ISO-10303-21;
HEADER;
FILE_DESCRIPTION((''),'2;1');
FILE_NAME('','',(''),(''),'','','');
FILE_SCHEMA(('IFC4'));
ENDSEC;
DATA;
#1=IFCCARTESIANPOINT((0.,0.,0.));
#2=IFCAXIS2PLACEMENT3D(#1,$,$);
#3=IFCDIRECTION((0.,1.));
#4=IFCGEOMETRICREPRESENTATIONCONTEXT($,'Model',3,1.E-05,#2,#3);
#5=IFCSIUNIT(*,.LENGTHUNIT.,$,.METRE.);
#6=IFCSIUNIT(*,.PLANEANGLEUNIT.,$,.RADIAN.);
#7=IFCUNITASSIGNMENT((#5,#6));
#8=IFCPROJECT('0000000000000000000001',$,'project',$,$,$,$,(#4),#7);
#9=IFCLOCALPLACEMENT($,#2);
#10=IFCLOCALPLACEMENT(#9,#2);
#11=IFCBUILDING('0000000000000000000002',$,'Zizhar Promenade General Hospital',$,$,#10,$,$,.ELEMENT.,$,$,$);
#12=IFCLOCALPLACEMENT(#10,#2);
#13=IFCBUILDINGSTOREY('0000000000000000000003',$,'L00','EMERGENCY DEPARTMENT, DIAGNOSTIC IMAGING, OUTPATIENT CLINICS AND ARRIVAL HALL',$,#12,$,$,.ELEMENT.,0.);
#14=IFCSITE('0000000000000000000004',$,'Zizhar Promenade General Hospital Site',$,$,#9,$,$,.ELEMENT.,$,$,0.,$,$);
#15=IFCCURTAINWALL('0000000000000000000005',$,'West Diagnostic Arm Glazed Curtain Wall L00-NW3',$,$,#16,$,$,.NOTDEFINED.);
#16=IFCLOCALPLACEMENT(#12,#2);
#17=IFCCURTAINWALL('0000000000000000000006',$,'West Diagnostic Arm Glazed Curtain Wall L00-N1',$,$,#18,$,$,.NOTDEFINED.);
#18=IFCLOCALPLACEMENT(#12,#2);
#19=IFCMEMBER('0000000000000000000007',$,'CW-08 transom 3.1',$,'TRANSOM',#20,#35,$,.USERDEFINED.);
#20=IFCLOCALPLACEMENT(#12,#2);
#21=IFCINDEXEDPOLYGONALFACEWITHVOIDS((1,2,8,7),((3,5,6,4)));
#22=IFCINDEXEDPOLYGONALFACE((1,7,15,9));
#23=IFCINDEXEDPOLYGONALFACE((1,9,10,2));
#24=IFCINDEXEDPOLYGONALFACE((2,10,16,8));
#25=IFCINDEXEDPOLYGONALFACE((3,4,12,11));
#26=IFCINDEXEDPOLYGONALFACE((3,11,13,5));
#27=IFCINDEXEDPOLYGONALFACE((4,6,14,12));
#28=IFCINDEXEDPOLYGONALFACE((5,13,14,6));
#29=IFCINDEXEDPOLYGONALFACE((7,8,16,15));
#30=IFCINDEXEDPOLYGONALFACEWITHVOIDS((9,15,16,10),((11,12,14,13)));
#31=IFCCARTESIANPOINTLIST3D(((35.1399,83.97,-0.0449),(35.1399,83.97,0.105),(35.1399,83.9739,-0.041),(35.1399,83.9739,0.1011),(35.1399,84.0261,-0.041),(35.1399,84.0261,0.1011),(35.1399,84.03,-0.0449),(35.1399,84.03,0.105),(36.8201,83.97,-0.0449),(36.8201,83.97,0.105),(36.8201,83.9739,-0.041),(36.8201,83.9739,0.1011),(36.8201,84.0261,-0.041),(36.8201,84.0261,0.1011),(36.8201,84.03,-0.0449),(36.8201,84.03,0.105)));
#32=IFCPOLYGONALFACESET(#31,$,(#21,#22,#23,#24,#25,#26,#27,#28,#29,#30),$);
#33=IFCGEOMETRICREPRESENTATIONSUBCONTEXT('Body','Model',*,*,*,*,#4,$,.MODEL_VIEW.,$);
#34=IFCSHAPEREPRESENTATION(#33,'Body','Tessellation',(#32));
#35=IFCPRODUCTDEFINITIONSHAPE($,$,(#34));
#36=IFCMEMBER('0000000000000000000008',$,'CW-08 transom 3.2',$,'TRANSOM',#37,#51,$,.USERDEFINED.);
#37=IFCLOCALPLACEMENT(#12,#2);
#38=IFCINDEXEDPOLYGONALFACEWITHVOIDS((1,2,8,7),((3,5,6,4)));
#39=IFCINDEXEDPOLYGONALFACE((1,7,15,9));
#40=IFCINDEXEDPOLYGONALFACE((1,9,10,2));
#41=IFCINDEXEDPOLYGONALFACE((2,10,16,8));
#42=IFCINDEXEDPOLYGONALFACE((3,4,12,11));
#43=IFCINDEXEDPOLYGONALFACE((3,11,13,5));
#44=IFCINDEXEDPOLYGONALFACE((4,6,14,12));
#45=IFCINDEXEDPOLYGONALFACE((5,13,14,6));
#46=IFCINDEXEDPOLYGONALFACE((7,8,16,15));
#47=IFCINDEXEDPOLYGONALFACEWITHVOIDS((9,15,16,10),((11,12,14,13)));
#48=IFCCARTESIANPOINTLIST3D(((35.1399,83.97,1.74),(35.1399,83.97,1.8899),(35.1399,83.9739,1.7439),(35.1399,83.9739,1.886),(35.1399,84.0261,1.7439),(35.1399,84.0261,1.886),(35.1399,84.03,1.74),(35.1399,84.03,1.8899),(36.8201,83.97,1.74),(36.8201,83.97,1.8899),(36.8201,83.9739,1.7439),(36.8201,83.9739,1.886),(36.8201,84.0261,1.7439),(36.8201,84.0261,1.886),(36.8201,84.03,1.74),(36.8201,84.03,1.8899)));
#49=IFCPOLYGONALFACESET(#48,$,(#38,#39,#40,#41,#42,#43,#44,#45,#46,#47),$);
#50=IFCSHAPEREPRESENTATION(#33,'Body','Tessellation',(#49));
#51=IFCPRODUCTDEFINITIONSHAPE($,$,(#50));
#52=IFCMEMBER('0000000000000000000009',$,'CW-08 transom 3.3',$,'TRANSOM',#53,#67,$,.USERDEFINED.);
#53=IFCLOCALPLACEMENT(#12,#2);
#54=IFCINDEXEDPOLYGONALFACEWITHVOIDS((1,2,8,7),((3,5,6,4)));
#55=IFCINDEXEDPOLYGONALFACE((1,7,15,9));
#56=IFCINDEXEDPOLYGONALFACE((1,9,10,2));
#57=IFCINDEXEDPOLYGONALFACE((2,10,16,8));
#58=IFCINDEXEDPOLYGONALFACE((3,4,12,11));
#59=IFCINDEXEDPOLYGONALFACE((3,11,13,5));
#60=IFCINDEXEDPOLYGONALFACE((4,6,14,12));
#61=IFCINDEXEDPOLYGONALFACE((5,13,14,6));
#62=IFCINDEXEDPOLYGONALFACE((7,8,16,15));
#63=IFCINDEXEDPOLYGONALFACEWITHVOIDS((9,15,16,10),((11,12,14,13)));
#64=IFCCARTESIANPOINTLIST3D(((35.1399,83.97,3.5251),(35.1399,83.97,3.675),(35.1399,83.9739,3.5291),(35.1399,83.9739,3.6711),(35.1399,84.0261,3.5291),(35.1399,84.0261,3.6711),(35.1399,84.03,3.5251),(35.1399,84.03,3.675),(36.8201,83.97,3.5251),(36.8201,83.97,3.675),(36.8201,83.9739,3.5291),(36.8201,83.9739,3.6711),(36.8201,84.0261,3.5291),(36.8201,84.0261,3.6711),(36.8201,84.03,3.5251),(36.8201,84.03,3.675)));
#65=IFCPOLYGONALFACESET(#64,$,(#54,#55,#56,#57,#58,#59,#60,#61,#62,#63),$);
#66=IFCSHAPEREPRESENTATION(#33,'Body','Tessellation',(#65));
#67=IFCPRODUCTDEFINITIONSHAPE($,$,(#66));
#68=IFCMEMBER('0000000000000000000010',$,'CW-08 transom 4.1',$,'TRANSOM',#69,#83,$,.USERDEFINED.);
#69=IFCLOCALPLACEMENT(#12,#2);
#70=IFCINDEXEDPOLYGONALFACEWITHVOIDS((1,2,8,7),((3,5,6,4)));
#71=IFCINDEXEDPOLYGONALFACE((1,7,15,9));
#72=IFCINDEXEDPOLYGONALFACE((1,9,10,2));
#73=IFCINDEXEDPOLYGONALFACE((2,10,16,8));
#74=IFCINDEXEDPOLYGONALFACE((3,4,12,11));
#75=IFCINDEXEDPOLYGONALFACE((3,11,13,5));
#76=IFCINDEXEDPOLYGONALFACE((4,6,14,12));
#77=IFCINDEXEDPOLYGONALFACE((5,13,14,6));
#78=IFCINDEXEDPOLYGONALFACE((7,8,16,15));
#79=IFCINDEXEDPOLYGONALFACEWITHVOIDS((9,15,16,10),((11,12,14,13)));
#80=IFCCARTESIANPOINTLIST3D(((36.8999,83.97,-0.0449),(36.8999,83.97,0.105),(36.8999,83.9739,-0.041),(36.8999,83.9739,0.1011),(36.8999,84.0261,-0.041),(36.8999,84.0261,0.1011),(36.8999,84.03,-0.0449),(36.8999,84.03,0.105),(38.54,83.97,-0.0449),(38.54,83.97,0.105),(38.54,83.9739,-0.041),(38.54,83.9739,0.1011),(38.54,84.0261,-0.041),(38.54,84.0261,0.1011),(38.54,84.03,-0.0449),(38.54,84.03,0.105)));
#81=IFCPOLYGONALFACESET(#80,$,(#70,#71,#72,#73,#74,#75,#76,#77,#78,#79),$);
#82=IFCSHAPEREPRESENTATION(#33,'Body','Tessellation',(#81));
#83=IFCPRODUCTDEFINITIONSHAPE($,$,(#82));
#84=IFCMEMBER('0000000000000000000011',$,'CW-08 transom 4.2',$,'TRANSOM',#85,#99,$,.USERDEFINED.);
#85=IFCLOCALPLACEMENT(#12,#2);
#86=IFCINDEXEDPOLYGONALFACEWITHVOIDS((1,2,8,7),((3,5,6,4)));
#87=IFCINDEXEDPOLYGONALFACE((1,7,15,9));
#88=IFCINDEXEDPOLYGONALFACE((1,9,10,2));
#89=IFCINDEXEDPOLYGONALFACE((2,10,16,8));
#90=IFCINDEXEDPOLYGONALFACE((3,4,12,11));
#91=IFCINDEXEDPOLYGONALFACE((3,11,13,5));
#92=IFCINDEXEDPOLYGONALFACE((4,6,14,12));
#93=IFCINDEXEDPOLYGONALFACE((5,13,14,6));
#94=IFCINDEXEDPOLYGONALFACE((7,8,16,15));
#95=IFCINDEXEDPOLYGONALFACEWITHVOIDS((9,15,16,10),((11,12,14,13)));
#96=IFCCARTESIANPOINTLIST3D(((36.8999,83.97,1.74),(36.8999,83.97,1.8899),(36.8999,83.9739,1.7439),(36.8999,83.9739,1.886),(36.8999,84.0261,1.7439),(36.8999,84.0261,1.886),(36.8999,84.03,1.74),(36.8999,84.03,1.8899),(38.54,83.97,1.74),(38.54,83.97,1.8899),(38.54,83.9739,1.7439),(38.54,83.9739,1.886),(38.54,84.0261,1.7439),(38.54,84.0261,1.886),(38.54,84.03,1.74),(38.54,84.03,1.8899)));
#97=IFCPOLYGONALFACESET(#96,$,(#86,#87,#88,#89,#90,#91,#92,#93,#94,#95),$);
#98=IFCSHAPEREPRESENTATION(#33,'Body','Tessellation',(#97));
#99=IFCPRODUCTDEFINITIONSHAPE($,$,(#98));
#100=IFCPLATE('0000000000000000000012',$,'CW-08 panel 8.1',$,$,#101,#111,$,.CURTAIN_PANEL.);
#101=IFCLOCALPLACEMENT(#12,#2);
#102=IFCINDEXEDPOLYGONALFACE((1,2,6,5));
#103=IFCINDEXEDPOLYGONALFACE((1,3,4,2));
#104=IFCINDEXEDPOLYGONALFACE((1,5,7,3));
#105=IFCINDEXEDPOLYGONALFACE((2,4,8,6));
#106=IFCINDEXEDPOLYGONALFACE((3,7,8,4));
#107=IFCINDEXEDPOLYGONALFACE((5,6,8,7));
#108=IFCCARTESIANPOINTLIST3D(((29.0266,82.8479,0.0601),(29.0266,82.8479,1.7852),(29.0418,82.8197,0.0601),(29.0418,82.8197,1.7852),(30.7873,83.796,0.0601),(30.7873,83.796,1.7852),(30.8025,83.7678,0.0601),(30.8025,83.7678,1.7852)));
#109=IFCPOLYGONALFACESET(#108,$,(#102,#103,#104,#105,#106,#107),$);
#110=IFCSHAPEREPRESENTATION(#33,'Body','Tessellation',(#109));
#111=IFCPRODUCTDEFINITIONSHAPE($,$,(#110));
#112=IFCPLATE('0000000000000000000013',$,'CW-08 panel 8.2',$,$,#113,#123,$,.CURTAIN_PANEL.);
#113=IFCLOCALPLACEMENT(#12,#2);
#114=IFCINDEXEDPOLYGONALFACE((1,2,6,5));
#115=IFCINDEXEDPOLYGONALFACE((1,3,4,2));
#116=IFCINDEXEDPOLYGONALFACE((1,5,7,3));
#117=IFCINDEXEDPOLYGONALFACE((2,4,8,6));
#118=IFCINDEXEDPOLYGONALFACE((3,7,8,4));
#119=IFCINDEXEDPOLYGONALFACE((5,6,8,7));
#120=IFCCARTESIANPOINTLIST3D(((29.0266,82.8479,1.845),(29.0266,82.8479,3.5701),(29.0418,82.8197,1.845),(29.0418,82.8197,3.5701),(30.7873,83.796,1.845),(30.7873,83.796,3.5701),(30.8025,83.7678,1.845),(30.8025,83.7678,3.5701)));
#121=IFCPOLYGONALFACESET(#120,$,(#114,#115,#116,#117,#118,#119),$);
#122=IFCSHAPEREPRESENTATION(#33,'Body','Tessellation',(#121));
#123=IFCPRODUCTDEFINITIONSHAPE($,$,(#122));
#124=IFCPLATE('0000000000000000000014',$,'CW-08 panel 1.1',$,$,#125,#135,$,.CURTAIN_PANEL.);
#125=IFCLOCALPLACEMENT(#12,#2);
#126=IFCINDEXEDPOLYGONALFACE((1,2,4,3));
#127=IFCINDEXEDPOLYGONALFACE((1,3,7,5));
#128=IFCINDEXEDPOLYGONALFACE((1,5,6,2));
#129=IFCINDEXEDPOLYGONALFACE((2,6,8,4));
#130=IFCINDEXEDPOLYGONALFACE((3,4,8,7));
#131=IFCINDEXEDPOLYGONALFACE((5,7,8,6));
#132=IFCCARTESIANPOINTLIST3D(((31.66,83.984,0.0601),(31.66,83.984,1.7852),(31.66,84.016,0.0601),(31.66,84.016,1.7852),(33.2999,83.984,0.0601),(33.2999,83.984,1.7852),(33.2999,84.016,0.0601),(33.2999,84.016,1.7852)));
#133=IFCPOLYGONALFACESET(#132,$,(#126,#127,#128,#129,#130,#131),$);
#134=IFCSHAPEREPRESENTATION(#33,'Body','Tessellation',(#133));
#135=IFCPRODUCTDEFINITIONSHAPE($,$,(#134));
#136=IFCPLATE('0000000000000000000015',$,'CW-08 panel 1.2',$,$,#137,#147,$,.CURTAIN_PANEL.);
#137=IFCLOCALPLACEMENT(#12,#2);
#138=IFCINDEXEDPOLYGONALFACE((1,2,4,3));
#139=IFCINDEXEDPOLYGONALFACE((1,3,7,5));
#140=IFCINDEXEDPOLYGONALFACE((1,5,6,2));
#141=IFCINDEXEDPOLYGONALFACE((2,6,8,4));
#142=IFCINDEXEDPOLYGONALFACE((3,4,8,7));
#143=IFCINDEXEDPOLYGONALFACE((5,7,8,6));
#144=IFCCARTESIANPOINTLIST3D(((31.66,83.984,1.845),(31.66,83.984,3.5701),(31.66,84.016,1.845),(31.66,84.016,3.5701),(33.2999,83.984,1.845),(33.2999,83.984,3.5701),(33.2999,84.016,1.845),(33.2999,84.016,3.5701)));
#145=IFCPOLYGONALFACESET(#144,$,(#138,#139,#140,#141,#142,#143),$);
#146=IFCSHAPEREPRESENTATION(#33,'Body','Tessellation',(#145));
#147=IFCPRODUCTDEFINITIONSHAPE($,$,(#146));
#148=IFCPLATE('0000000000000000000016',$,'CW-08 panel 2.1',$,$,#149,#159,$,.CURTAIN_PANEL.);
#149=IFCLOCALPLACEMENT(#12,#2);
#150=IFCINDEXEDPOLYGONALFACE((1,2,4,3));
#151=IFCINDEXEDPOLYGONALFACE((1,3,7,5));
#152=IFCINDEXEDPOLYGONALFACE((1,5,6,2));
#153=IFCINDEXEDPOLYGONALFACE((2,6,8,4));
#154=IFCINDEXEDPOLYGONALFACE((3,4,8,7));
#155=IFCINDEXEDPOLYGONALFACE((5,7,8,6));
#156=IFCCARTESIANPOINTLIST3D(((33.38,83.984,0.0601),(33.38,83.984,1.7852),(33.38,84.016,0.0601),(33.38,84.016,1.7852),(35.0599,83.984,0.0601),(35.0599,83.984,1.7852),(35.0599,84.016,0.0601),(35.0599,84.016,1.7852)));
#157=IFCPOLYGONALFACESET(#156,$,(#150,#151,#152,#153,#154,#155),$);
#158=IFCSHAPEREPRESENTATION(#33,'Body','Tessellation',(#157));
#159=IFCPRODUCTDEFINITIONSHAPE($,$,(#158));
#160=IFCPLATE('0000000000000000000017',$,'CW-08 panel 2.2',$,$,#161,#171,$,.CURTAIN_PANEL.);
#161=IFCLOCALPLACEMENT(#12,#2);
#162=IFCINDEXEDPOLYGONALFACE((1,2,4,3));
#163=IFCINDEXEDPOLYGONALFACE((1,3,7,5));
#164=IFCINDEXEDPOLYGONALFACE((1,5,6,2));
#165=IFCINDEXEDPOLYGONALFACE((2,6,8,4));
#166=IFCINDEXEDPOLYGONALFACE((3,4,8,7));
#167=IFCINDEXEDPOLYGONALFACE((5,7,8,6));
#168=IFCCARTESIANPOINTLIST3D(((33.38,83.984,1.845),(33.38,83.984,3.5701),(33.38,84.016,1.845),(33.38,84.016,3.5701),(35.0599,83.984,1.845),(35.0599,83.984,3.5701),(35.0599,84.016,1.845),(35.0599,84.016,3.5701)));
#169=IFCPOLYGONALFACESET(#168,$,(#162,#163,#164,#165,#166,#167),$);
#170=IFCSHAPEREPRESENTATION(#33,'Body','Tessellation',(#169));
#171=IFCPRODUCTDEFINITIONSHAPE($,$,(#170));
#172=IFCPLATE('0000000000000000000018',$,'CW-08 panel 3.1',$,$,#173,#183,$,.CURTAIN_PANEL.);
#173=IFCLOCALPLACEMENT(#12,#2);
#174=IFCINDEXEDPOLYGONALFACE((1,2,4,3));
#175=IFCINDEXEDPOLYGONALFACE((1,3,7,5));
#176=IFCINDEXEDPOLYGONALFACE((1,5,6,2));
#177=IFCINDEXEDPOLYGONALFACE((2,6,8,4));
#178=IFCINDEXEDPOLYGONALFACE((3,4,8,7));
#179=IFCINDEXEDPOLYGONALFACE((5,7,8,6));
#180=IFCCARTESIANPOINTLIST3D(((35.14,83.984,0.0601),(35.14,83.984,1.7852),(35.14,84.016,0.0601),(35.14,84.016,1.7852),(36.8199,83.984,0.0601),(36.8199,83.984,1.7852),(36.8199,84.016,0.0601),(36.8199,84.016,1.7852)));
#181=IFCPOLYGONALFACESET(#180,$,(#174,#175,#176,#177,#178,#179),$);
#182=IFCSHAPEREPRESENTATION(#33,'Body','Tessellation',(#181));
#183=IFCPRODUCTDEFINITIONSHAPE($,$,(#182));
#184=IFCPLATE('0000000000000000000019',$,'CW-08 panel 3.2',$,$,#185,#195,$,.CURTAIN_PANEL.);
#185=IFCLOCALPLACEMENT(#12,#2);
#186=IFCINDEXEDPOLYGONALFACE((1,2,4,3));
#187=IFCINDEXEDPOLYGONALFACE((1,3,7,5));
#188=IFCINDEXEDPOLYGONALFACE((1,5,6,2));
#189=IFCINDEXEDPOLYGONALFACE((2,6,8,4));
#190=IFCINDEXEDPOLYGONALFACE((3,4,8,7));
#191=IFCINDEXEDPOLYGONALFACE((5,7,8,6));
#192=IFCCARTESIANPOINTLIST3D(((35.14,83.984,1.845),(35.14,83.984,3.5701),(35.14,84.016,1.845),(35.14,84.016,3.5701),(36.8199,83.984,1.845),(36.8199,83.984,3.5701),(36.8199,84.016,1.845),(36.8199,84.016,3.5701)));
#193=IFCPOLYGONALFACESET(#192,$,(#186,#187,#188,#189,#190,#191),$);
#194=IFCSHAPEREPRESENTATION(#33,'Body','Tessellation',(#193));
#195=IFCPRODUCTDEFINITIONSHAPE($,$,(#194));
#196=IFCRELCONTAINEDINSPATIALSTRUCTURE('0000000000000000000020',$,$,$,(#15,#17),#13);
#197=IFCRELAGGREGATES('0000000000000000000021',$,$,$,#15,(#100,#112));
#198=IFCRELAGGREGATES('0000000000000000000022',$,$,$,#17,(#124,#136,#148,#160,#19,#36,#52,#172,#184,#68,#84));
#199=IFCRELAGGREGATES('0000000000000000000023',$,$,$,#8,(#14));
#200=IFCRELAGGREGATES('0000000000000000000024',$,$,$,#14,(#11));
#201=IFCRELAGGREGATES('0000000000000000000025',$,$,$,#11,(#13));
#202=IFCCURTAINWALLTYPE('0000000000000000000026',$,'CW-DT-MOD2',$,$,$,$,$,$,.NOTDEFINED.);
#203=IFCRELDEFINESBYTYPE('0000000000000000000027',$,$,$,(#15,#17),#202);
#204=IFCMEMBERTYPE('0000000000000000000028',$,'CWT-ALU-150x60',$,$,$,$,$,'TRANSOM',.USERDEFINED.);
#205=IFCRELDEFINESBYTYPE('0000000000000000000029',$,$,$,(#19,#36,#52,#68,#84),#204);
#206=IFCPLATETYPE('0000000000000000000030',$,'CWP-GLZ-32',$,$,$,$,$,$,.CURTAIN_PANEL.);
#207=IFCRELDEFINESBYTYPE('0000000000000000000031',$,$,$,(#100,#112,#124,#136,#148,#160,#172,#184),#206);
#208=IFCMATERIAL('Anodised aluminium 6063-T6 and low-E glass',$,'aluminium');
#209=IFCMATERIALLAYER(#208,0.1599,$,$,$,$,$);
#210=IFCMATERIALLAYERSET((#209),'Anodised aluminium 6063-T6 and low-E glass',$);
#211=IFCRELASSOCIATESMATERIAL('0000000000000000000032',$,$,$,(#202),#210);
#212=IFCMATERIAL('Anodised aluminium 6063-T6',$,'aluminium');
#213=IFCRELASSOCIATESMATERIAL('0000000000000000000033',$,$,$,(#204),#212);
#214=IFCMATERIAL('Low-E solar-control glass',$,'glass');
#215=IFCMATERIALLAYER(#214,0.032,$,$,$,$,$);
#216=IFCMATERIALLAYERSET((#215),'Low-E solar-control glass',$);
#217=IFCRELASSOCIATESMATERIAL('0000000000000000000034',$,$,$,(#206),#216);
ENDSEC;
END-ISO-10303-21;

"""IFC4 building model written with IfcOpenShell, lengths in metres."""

from ifc_helpers import new_model, si_unit, direction, frame, origin, origin_2d, place, context, subcontext, project, spatial, rectangle, hollow_rectangle, extrude, material, layer, layer_set, material_profile, profile_set, type_object, element, aggregate, save


model = new_model("IFC4")

# Units and contexts
model_context = context("Model", 3, precision=1e-05, world=origin(), true_north=direction((0.0, 1.0)))
body_context = subcontext(model_context, "Body", "Model", "MODEL_VIEW")
ifc_project = project(units=[si_unit("LENGTHUNIT", "METRE"), si_unit("PLANEANGLEUNIT", "RADIAN")], contexts=[model_context])

# Site, building, storey
site_placement = place(None, origin())
site = spatial("IfcSite", under=ifc_project, at=site_placement, Name="Zizhar Promenade General Hospital Site", CompositionType="ELEMENT", RefElevation=0.0)
building_placement = place(site_placement, origin())
building = spatial("IfcBuilding", under=site, at=building_placement, Name="Zizhar Promenade General Hospital", CompositionType="ELEMENT")
storey_placement = place(building_placement, origin())
storey = spatial("IfcBuildingStorey", under=building, at=storey_placement, Name="L00", Description="EMERGENCY DEPARTMENT, DIAGNOSTIC IMAGING, OUTPATIENT CLINICS AND ARRIVAL HALL", CompositionType="ELEMENT", Elevation=0.0)

# Curtain wall
ifc_material_1 = material(Name="Anodised aluminium 6063-T6 and low-E glass", Category="aluminium")
ifc_layer_1 = layer(ifc_material_1, 0.1599)
ifc_layer_set_1 = layer_set([ifc_layer_1], Name="Anodised aluminium 6063-T6 and low-E glass")
curtain_wall_type = type_object("IfcCurtainWallType", Name="CW-DT-MOD2", PredefinedType="NOTDEFINED", material=ifc_layer_set_1)
curtain_wall_1_placement = place(storey_placement, origin())
curtain_wall_1 = element("IfcCurtainWall", 1, at=curtain_wall_1_placement, inside=storey, type_object=curtain_wall_type, Name="West Diagnostic Arm Glazed Curtain Wall L00-NW3", PredefinedType="NOTDEFINED")

# Curtain wall, members
curtain_wall_2_placement = place(storey_placement, origin())
curtain_wall_2 = element("IfcCurtainWall", 2, at=curtain_wall_2_placement, inside=storey, type_object=curtain_wall_type, Name="West Diagnostic Arm Glazed Curtain Wall L00-N1", PredefinedType="NOTDEFINED")
ifc_material_2 = material(Name="Anodised aluminium 6063-T6", Category="aluminium")
ifc_material_profile_1 = material_profile(ifc_material_2, hollow_rectangle(XDim=0.0601, YDim=0.1499, WallThickness=0.0039, at=origin_2d()))
ifc_profile_set_1 = profile_set([ifc_material_profile_1], Name="Anodised aluminium 6063-T6")
member_type_1 = type_object("IfcMemberType", Name="CWT-ALU-150x60", ElementType="TRANSOM", PredefinedType="USERDEFINED", material=ifc_profile_set_1)
member_1_placement = place(storey_placement, frame((35.1399, 84.0, 0.03), z_axis=(1.0, 0.0, 0.0), x_axis=(0.0, 1.0, 0.0)))
member_1 = element("IfcMember", 3, at=member_1_placement, type_object=member_type_1, Name="CW-08 transom 3.1", ObjectType="TRANSOM", PredefinedType="USERDEFINED", context=body_context, shape_type="SweptSolid", body=[
    extrude(hollow_rectangle(XDim=0.0601, YDim=0.1499, WallThickness=0.0039, at=origin_2d()), origin(), (0.0, 0.0, 1.0), 1.6802),
])
member_2_placement = place(storey_placement, frame((35.1399, 84.0, 1.8149), z_axis=(1.0, 0.0, 0.0), x_axis=(0.0, 1.0, 0.0)))
member_2 = element("IfcMember", 4, at=member_2_placement, type_object=member_type_1, Name="CW-08 transom 3.2", ObjectType="TRANSOM", PredefinedType="USERDEFINED", context=body_context, shape_type="SweptSolid", body=[
    extrude(hollow_rectangle(XDim=0.0601, YDim=0.1499, WallThickness=0.0039, at=origin_2d()), origin(), (0.0, 0.0, 1.0), 1.6802),
])
member_3_placement = place(storey_placement, frame((35.1399, 84.0, 3.6001), z_axis=(1.0, 0.0, 0.0), x_axis=(0.0, 1.0, 0.0)))
member_3 = element("IfcMember", 5, at=member_3_placement, type_object=member_type_1, Name="CW-08 transom 3.3", ObjectType="TRANSOM", PredefinedType="USERDEFINED", context=body_context, shape_type="SweptSolid", body=[
    extrude(hollow_rectangle(XDim=0.0601, YDim=0.1499, WallThickness=0.0039, at=origin_2d()), origin(), (0.0, 0.0, 1.0), 1.6802),
])
member_4_placement = place(storey_placement, frame((36.8999, 84.0, 0.03), z_axis=(1.0, 0.0, 0.0), x_axis=(0.0, 1.0, 0.0)))
member_4 = element("IfcMember", 6, at=member_4_placement, type_object=member_type_1, Name="CW-08 transom 4.1", ObjectType="TRANSOM", PredefinedType="USERDEFINED", context=body_context, shape_type="SweptSolid", body=[
    extrude(hollow_rectangle(XDim=0.0601, YDim=0.1499, WallThickness=0.0039, at=origin_2d()), origin(), (0.0, 0.0, 1.0), 1.6401),
])
member_5_placement = place(storey_placement, frame((36.8999, 84.0, 1.8149), z_axis=(1.0, 0.0, 0.0), x_axis=(0.0, 1.0, 0.0)))
member_5 = element("IfcMember", 7, at=member_5_placement, type_object=member_type_1, Name="CW-08 transom 4.2", ObjectType="TRANSOM", PredefinedType="USERDEFINED", context=body_context, shape_type="SweptSolid", body=[
    extrude(hollow_rectangle(XDim=0.0601, YDim=0.1499, WallThickness=0.0039, at=origin_2d()), origin(), (0.0, 0.0, 1.0), 1.6401),
])

# Plates
ifc_material_3 = material(Name="Low-E solar-control glass", Category="glass")
ifc_layer_2 = layer(ifc_material_3, 0.032)
ifc_layer_set_2 = layer_set([ifc_layer_2], Name="Low-E solar-control glass")
plate_type = type_object("IfcPlateType", Name="CWP-GLZ-32", PredefinedType="CURTAIN_PANEL", material=ifc_layer_set_2)
plate_1_placement = place(storey_placement, frame((29.9146, 83.3079, 0.0601), z_axis=(0.0, 0.0, 1.0), x_axis=(0.880473, 0.474097, 0.0)))
plate_1 = element("IfcPlate", 8, at=plate_1_placement, type_object=plate_type, Name="CW-08 panel 8.1", PredefinedType="CURTAIN_PANEL", context=body_context, shape_type="SweptSolid", body=[
    extrude(rectangle(XDim=1.9998, YDim=0.032, at=origin_2d()), origin(), (0.0, 0.0, 1.0), 1.7251),
])
plate_2_placement = place(storey_placement, frame((29.9146, 83.3079, 1.845), z_axis=(0.0, 0.0, 1.0), x_axis=(0.880473, 0.474097, 0.0)))
plate_2 = element("IfcPlate", 9, at=plate_2_placement, type_object=plate_type, Name="CW-08 panel 8.2", PredefinedType="CURTAIN_PANEL", context=body_context, shape_type="SweptSolid", body=[
    extrude(rectangle(XDim=1.9998, YDim=0.032, at=origin_2d()), origin(), (0.0, 0.0, 1.0), 1.7251),
])
aggregate(curtain_wall_1, [plate_1, plate_2])
plate_3_placement = place(storey_placement, frame((32.48, 84.0, 0.0601), z_axis=(0.0, 0.0, 1.0), x_axis=(1.0, 0.0, 0.0)))
plate_3 = element("IfcPlate", 10, at=plate_3_placement, type_object=plate_type, Name="CW-08 panel 1.1", PredefinedType="CURTAIN_PANEL", context=body_context, shape_type="SweptSolid", body=[
    extrude(rectangle(XDim=1.6399, YDim=0.032, at=origin_2d()), origin(), (0.0, 0.0, 1.0), 1.7251),
])
plate_4_placement = place(storey_placement, frame((32.48, 84.0, 1.845), z_axis=(0.0, 0.0, 1.0), x_axis=(1.0, 0.0, 0.0)))
plate_4 = element("IfcPlate", 11, at=plate_4_placement, type_object=plate_type, Name="CW-08 panel 1.2", PredefinedType="CURTAIN_PANEL", context=body_context, shape_type="SweptSolid", body=[
    extrude(rectangle(XDim=1.6399, YDim=0.032, at=origin_2d()), origin(), (0.0, 0.0, 1.0), 1.7251),
])
plate_5_placement = place(storey_placement, frame((34.22, 84.0, 0.0601), z_axis=(0.0, 0.0, 1.0), x_axis=(1.0, 0.0, 0.0)))
plate_5 = element("IfcPlate", 12, at=plate_5_placement, type_object=plate_type, Name="CW-08 panel 2.1", PredefinedType="CURTAIN_PANEL", context=body_context, shape_type="SweptSolid", body=[
    extrude(rectangle(XDim=1.6799, YDim=0.032, at=origin_2d()), origin(), (0.0, 0.0, 1.0), 1.7251),
])
plate_6_placement = place(storey_placement, frame((34.22, 84.0, 1.845), z_axis=(0.0, 0.0, 1.0), x_axis=(1.0, 0.0, 0.0)))
plate_6 = element("IfcPlate", 13, at=plate_6_placement, type_object=plate_type, Name="CW-08 panel 2.2", PredefinedType="CURTAIN_PANEL", context=body_context, shape_type="SweptSolid", body=[
    extrude(rectangle(XDim=1.6799, YDim=0.032, at=origin_2d()), origin(), (0.0, 0.0, 1.0), 1.7251),
])
plate_7_placement = place(storey_placement, frame((35.98, 84.0, 0.0601), z_axis=(0.0, 0.0, 1.0), x_axis=(1.0, 0.0, 0.0)))
plate_7 = element("IfcPlate", 14, at=plate_7_placement, type_object=plate_type, Name="CW-08 panel 3.1", PredefinedType="CURTAIN_PANEL", context=body_context, shape_type="SweptSolid", body=[
    extrude(rectangle(XDim=1.6799, YDim=0.032, at=origin_2d()), origin(), (0.0, 0.0, 1.0), 1.7251),
])
plate_8_placement = place(storey_placement, frame((35.98, 84.0, 1.845), z_axis=(0.0, 0.0, 1.0), x_axis=(1.0, 0.0, 0.0)))
plate_8 = element("IfcPlate", 15, at=plate_8_placement, type_object=plate_type, Name="CW-08 panel 3.2", PredefinedType="CURTAIN_PANEL", context=body_context, shape_type="SweptSolid", body=[
    extrude(rectangle(XDim=1.6799, YDim=0.032, at=origin_2d()), origin(), (0.0, 0.0, 1.0), 1.7251),
])
aggregate(curtain_wall_2, [plate_3, plate_4, plate_5, plate_6, member_1, member_2, member_3, plate_7, plate_8, member_4, member_5])

save(model, "model.ifc")
